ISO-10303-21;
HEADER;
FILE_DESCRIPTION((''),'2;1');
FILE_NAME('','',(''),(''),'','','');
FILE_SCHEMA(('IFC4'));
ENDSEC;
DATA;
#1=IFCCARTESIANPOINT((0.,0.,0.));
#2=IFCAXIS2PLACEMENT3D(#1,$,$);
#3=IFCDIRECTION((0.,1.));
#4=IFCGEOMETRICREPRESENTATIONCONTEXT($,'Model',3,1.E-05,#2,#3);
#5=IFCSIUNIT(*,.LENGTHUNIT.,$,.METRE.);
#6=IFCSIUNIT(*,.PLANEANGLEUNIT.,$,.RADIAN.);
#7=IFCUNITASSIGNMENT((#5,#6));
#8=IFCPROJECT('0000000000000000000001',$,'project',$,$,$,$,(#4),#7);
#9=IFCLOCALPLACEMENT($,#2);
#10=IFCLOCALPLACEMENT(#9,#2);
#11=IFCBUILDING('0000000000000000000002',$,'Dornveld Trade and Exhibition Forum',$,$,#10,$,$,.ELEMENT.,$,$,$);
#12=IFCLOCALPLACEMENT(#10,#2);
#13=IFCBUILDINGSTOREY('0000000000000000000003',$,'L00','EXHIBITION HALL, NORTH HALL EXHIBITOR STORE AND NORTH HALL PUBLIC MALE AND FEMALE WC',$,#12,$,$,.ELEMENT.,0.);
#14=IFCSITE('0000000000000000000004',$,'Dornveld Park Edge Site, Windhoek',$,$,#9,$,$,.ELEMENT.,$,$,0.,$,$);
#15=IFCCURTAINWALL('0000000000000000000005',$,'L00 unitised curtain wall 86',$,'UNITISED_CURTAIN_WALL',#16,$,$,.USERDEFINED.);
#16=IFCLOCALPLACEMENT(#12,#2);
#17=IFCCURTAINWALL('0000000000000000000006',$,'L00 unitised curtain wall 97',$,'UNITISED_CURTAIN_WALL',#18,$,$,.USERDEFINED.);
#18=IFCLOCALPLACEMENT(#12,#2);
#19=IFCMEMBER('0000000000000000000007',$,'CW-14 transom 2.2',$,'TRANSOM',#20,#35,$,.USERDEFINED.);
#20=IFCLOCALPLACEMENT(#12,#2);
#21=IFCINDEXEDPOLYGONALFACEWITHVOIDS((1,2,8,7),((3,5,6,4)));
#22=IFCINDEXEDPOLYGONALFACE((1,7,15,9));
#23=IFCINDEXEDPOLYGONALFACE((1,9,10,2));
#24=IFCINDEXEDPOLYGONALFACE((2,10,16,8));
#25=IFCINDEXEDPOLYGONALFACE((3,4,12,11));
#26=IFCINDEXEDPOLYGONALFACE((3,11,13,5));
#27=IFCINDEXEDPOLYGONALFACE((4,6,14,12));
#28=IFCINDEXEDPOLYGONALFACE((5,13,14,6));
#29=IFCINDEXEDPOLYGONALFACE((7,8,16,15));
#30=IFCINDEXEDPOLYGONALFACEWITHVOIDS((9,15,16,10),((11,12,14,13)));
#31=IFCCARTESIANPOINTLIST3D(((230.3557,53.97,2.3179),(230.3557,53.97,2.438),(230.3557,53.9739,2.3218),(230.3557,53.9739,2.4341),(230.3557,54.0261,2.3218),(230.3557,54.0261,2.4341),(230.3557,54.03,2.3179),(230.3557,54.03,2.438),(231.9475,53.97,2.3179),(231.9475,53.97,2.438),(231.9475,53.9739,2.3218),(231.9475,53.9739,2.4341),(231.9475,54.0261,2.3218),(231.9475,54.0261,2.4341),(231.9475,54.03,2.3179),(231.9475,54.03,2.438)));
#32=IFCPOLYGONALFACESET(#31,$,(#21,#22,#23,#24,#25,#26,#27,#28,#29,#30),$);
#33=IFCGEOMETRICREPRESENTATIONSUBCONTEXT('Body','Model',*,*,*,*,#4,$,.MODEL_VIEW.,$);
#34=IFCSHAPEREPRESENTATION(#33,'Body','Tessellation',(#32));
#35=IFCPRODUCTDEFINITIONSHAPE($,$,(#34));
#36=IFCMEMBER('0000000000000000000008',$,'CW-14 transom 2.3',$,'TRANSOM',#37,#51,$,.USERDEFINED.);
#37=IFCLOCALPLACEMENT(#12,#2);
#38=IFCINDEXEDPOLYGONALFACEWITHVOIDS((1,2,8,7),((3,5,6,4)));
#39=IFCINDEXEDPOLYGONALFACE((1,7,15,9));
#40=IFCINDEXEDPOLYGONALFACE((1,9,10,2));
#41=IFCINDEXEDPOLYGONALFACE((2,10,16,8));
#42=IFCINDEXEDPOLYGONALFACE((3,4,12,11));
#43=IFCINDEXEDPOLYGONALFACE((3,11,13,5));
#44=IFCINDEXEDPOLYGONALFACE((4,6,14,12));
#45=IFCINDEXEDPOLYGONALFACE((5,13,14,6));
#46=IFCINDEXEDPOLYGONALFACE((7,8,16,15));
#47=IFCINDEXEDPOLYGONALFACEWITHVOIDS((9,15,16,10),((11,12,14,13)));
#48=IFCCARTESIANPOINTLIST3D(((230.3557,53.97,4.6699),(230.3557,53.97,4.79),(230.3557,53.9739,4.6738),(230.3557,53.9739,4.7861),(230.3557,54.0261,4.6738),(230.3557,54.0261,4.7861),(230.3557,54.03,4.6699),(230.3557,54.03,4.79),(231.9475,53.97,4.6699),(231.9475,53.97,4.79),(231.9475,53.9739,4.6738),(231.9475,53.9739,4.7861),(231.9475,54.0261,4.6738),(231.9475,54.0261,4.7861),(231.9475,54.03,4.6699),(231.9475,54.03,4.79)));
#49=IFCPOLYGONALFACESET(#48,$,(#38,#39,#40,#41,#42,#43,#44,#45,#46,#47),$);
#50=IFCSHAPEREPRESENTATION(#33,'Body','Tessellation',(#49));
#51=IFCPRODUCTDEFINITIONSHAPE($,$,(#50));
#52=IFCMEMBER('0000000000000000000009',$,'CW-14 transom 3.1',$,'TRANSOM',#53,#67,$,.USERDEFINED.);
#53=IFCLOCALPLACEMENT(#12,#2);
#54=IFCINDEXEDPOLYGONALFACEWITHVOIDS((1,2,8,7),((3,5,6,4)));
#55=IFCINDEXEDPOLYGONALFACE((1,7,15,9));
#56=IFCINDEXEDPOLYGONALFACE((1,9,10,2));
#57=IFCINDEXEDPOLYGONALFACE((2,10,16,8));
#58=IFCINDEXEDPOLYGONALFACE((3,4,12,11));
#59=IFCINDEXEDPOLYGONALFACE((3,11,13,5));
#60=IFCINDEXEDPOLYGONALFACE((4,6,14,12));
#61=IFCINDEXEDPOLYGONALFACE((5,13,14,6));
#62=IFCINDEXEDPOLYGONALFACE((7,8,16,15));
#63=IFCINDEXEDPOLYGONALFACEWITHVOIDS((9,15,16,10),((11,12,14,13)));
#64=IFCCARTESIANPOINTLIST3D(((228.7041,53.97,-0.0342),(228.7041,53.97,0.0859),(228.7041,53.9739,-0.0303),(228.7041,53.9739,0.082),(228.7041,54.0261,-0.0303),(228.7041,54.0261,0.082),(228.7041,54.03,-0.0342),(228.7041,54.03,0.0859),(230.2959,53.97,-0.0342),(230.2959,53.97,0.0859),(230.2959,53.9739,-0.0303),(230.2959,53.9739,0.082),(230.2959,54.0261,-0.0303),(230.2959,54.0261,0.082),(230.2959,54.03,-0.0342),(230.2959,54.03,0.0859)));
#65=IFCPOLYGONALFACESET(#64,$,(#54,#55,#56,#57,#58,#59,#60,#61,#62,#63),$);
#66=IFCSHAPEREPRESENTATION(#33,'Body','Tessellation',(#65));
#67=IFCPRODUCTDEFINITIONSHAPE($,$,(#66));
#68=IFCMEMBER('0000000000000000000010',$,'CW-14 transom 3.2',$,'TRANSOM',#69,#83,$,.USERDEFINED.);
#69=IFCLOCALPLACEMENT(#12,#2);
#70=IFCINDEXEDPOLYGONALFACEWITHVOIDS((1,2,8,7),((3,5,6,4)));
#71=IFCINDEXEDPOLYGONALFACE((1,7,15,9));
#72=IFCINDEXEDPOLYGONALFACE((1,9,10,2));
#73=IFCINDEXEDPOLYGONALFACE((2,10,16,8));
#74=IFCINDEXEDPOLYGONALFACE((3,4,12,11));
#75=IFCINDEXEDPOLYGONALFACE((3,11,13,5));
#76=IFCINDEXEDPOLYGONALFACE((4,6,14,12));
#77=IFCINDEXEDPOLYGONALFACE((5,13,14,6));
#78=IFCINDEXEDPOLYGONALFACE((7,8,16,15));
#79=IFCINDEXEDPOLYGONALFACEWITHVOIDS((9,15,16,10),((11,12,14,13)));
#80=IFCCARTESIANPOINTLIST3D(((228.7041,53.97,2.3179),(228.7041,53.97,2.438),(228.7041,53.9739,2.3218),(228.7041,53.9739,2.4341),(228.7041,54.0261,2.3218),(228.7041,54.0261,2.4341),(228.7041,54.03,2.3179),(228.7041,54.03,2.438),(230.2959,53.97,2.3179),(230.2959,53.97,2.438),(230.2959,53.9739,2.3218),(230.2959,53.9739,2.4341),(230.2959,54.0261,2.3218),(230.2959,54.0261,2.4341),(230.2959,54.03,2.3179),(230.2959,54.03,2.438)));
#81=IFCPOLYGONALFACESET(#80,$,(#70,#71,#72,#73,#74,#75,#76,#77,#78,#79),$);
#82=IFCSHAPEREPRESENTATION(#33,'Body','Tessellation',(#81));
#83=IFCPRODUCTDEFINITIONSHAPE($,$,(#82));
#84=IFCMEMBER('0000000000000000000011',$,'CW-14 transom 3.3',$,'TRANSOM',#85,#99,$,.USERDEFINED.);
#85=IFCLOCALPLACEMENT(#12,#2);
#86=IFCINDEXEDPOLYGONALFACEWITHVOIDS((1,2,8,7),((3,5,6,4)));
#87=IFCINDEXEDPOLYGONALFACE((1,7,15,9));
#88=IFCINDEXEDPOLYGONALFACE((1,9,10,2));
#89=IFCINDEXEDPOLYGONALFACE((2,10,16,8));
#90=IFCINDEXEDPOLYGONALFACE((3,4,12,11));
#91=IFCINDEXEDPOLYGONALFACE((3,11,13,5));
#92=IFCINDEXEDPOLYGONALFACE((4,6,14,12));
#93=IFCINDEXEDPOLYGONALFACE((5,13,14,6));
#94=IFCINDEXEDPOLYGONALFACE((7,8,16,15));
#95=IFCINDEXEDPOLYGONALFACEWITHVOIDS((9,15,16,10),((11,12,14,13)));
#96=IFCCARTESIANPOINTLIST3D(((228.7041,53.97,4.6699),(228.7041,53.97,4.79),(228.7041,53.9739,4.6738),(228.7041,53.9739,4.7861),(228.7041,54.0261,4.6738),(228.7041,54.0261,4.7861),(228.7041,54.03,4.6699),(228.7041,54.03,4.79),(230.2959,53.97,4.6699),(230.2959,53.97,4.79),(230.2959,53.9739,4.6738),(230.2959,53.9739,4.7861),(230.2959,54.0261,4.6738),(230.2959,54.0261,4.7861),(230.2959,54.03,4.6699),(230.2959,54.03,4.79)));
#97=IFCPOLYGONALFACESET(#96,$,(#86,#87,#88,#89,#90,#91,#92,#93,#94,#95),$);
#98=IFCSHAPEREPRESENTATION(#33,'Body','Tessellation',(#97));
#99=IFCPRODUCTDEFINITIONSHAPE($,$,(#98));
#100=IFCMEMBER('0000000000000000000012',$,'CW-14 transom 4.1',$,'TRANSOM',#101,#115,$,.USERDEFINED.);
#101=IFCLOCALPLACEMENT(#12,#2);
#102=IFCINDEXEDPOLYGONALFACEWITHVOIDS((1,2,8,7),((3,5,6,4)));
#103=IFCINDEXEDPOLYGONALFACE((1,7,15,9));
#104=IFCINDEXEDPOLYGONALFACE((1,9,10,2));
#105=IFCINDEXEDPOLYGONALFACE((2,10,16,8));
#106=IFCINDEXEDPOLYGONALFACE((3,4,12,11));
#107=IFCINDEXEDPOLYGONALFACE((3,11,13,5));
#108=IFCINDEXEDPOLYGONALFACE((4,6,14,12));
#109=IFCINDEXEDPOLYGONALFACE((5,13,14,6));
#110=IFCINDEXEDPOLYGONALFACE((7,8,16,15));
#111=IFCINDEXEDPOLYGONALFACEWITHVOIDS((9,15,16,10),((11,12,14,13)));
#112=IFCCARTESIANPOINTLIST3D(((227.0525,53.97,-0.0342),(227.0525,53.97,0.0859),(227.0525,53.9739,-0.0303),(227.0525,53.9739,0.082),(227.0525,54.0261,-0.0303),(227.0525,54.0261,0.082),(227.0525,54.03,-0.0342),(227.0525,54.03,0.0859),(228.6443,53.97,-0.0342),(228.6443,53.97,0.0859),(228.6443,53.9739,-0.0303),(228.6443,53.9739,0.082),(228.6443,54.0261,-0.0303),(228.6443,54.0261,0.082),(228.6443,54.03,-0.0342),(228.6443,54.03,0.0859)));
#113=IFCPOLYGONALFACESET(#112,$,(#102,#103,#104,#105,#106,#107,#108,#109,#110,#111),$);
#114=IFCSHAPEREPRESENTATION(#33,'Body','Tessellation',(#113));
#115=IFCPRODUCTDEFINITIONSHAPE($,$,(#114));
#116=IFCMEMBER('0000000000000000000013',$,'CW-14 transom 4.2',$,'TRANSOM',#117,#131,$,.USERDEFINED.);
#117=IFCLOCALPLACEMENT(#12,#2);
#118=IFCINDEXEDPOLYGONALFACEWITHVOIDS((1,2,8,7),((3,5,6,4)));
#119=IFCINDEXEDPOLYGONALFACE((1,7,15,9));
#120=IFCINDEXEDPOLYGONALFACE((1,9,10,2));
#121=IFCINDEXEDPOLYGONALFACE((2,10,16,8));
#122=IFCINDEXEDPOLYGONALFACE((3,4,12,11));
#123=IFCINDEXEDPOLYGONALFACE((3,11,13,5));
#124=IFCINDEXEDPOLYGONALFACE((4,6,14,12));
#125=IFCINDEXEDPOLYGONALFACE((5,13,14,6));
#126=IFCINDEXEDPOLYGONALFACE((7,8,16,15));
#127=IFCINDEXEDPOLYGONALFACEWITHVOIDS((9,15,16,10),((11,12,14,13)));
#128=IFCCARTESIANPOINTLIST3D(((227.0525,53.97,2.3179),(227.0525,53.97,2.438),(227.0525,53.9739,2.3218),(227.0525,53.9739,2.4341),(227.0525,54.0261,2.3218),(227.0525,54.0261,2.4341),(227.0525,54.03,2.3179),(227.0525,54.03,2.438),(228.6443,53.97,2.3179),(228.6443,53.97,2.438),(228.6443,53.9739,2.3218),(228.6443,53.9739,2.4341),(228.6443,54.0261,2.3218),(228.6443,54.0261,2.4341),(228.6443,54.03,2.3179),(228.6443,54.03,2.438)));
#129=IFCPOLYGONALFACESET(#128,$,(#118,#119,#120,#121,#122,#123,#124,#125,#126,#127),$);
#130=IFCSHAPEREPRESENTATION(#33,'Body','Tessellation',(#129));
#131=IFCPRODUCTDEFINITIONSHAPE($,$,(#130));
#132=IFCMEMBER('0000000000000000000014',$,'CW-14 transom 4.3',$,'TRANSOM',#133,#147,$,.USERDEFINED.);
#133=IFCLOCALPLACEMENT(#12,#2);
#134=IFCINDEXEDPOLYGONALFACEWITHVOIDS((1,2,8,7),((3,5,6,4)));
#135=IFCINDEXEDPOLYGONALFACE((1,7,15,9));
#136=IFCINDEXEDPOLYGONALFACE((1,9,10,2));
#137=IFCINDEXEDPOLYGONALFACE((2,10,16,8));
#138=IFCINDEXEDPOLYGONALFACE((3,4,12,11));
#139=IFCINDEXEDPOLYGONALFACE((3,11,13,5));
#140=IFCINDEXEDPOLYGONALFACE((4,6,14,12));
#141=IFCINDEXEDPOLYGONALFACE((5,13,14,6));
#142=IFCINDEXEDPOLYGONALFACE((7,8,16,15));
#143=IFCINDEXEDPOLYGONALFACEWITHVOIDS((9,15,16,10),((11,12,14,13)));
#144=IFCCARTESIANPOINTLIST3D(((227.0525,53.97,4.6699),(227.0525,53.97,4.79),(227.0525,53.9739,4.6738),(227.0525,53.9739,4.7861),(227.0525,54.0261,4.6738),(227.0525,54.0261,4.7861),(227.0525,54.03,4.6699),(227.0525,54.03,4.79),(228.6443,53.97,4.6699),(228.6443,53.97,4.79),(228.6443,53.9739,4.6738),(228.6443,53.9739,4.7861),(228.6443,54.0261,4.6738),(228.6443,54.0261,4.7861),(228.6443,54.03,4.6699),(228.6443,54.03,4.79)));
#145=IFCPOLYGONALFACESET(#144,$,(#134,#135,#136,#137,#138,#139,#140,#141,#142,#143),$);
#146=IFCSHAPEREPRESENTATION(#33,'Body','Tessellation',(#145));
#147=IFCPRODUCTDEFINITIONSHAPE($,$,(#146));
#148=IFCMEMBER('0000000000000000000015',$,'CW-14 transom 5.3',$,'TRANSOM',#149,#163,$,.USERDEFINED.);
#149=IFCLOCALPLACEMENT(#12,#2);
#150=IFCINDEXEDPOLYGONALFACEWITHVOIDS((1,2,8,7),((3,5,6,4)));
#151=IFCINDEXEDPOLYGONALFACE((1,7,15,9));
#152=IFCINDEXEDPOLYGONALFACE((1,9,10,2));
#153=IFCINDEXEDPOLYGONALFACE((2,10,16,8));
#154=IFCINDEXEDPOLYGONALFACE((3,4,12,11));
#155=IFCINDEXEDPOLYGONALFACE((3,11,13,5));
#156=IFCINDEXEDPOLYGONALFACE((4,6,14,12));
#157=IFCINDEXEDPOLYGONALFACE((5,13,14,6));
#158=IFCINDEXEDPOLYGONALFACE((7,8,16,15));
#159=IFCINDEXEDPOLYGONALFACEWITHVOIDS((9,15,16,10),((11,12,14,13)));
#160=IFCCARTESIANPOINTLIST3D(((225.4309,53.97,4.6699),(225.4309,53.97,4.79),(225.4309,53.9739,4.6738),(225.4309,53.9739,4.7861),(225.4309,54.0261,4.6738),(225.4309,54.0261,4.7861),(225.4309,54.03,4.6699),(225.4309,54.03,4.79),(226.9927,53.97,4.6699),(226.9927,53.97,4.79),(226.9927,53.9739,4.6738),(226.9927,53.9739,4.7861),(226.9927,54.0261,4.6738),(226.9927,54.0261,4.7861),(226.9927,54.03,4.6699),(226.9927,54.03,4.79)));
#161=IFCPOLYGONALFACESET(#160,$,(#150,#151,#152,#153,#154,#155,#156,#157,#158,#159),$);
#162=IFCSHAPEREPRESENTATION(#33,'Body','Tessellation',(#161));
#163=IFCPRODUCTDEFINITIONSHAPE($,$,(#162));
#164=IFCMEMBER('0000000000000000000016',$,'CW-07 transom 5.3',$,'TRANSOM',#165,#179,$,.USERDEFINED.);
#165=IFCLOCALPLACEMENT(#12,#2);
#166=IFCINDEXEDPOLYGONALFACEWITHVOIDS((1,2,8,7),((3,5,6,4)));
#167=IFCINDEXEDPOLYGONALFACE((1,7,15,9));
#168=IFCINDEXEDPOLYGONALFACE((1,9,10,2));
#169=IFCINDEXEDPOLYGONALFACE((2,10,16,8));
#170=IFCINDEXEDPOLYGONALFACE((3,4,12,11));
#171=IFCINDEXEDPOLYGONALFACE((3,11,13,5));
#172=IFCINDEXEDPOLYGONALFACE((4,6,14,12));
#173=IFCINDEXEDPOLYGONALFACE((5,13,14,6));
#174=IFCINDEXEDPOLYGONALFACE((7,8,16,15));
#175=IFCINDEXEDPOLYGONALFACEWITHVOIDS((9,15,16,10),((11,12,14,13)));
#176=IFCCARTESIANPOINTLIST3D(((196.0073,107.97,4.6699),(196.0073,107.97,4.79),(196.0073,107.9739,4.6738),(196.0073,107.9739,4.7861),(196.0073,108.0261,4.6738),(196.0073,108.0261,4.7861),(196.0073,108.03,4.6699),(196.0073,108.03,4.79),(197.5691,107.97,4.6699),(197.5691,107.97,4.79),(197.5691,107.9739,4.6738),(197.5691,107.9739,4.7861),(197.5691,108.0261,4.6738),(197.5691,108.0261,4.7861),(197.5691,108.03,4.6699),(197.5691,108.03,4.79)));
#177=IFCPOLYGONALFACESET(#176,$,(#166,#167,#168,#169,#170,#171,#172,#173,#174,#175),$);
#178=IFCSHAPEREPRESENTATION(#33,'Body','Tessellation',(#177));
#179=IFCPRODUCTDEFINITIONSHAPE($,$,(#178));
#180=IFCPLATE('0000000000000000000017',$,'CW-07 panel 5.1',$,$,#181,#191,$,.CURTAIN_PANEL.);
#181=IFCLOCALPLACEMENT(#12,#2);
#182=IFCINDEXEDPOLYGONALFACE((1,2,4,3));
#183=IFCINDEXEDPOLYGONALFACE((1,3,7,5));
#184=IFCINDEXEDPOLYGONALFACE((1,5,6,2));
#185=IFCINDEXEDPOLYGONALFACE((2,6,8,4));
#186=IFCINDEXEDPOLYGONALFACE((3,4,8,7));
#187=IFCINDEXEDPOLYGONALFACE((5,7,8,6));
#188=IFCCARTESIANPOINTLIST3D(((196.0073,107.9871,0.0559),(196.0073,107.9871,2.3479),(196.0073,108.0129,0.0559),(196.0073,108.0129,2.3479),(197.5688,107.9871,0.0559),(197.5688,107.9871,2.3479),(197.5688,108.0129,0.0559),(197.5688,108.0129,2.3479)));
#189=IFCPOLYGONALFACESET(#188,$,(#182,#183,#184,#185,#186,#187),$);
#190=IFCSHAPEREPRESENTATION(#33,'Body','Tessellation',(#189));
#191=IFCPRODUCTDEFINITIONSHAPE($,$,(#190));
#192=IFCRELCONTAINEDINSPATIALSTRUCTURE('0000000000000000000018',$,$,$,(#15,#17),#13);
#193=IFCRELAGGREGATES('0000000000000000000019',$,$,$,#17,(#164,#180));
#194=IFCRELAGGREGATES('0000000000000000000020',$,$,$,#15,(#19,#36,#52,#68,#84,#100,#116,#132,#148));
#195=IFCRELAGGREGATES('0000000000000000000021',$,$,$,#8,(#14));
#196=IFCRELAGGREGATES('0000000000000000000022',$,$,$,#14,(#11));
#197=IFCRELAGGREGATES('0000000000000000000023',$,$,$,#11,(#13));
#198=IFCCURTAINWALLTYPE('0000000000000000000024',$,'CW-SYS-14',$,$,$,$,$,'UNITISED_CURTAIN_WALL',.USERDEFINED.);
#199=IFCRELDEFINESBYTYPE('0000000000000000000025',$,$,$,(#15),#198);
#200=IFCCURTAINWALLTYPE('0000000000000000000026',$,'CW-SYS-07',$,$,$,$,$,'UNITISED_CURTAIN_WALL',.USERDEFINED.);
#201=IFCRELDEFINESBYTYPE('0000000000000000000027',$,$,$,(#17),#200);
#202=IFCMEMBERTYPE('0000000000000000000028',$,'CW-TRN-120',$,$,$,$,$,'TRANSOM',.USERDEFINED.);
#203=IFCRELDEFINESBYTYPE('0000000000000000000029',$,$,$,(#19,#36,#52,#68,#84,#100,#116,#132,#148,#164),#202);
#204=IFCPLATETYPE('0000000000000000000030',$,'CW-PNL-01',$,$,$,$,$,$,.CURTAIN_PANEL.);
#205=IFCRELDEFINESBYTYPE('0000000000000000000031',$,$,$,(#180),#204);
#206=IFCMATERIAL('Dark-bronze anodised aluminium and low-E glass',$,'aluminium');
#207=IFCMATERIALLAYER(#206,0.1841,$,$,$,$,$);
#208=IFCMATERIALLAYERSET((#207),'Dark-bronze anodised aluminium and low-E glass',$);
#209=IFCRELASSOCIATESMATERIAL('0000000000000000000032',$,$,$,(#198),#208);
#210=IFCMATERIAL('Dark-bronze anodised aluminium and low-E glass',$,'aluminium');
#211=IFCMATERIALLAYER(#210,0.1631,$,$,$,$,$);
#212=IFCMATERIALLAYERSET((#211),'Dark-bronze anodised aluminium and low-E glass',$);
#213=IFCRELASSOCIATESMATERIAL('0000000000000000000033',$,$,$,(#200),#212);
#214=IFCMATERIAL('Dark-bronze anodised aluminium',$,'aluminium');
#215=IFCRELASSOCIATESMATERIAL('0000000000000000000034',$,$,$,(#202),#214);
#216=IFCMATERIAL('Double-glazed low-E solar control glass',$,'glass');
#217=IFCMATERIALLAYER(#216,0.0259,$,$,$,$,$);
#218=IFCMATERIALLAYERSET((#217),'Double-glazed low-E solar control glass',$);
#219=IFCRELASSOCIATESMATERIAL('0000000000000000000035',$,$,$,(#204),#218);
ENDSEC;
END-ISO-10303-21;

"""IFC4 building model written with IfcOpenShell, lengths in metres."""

from ifc_helpers import new_model, si_unit, direction, frame, origin, origin_2d, place, context, subcontext, project, spatial, rectangle, hollow_rectangle, extrude, material, layer, layer_set, material_profile, profile_set, type_object, element, aggregate, save


model = new_model("IFC4")

# Units and contexts
model_context = context("Model", 3, precision=1e-05, world=origin(), true_north=direction((0.0, 1.0)))
body_context = subcontext(model_context, "Body", "Model", "MODEL_VIEW")
ifc_project = project(units=[si_unit("LENGTHUNIT", "METRE"), si_unit("PLANEANGLEUNIT", "RADIAN")], contexts=[model_context])

# Site, building, storey
site_placement = place(None, origin())
site = spatial("IfcSite", under=ifc_project, at=site_placement, Name="Dornveld Park Edge Site, Windhoek", CompositionType="ELEMENT", RefElevation=0.0)
building_placement = place(site_placement, origin())
building = spatial("IfcBuilding", under=site, at=building_placement, Name="Dornveld Trade and Exhibition Forum", CompositionType="ELEMENT")
storey_placement = place(building_placement, origin())
storey = spatial("IfcBuildingStorey", under=building, at=storey_placement, Name="L00", Description="EXHIBITION HALL, NORTH HALL EXHIBITOR STORE AND NORTH HALL PUBLIC MALE AND FEMALE WC", CompositionType="ELEMENT", Elevation=0.0)

# Curtain wall
ifc_material_1 = material(Name="Dark-bronze anodised aluminium and low-E glass", Category="aluminium")
ifc_layer_1 = layer(ifc_material_1, 0.1841)
ifc_layer_set_1 = layer_set([ifc_layer_1], Name="Dark-bronze anodised aluminium and low-E glass")
curtain_wall_type_1 = type_object("IfcCurtainWallType", Name="CW-SYS-14", ElementType="UNITISED_CURTAIN_WALL", PredefinedType="USERDEFINED", material=ifc_layer_set_1)
curtain_wall_1_placement = place(storey_placement, origin())
curtain_wall_1 = element("IfcCurtainWall", 1, at=curtain_wall_1_placement, inside=storey, type_object=curtain_wall_type_1, Name="L00 unitised curtain wall 86", ObjectType="UNITISED_CURTAIN_WALL", PredefinedType="USERDEFINED")

# Curtain wall
ifc_material_2 = material(Name="Dark-bronze anodised aluminium and low-E glass", Category="aluminium")
ifc_layer_2 = layer(ifc_material_2, 0.1631)
ifc_layer_set_2 = layer_set([ifc_layer_2], Name="Dark-bronze anodised aluminium and low-E glass")
curtain_wall_type_2 = type_object("IfcCurtainWallType", Name="CW-SYS-07", ElementType="UNITISED_CURTAIN_WALL", PredefinedType="USERDEFINED", material=ifc_layer_set_2)
curtain_wall_2_placement = place(storey_placement, origin())
curtain_wall_2 = element("IfcCurtainWall", 2, at=curtain_wall_2_placement, inside=storey, type_object=curtain_wall_type_2, Name="L00 unitised curtain wall 97", ObjectType="UNITISED_CURTAIN_WALL", PredefinedType="USERDEFINED")

# Members
ifc_material_3 = material(Name="Dark-bronze anodised aluminium", Category="aluminium")
ifc_material_profile_1 = material_profile(ifc_material_3, hollow_rectangle(XDim=0.0601, YDim=0.1201, WallThickness=0.0039, at=origin_2d()), Name="RHS 120x60x4")
ifc_profile_set_1 = profile_set([ifc_material_profile_1], Name="Dark-bronze anodised aluminium")
member_type_1 = type_object("IfcMemberType", Name="CW-TRN-120", ElementType="TRANSOM", PredefinedType="USERDEFINED", material=ifc_profile_set_1)
member_1_placement = place(storey_placement, frame((231.9475, 54.0, 2.3779), z_axis=(-1.0, 0.0, 0.0), x_axis=(0.0, -1.0, 0.0)))
member_1 = element("IfcMember", 3, at=member_1_placement, type_object=member_type_1, Name="CW-14 transom 2.2", ObjectType="TRANSOM", PredefinedType="USERDEFINED", context=body_context, shape_type="SweptSolid", body=[
    extrude(hollow_rectangle(XDim=0.0601, YDim=0.1201, WallThickness=0.0039, at=origin_2d()), origin(), (0.0, 0.0, 1.0), 1.5918),
])
member_2_placement = place(storey_placement, frame((231.9475, 54.0, 4.73), z_axis=(-1.0, 0.0, 0.0), x_axis=(0.0, -1.0, 0.0)))
member_2 = element("IfcMember", 4, at=member_2_placement, type_object=member_type_1, Name="CW-14 transom 2.3", ObjectType="TRANSOM", PredefinedType="USERDEFINED", context=body_context, shape_type="SweptSolid", body=[
    extrude(hollow_rectangle(XDim=0.0601, YDim=0.1201, WallThickness=0.0039, at=origin_2d()), origin(), (0.0, 0.0, 1.0), 1.5918),
])
member_3_placement = place(storey_placement, frame((230.2959, 54.0, 0.0259), z_axis=(-1.0, 0.0, 0.0), x_axis=(0.0, -1.0, 0.0)))
member_3 = element("IfcMember", 5, at=member_3_placement, type_object=member_type_1, Name="CW-14 transom 3.1", ObjectType="TRANSOM", PredefinedType="USERDEFINED", context=body_context, shape_type="SweptSolid", body=[
    extrude(hollow_rectangle(XDim=0.0601, YDim=0.1201, WallThickness=0.0039, at=origin_2d()), origin(), (0.0, 0.0, 1.0), 1.5918),
])
member_4_placement = place(storey_placement, frame((230.2959, 54.0, 2.3779), z_axis=(-1.0, 0.0, 0.0), x_axis=(0.0, -1.0, 0.0)))
member_4 = element("IfcMember", 6, at=member_4_placement, type_object=member_type_1, Name="CW-14 transom 3.2", ObjectType="TRANSOM", PredefinedType="USERDEFINED", context=body_context, shape_type="SweptSolid", body=[
    extrude(hollow_rectangle(XDim=0.0601, YDim=0.1201, WallThickness=0.0039, at=origin_2d()), origin(), (0.0, 0.0, 1.0), 1.5918),
])
member_5_placement = place(storey_placement, frame((230.2959, 54.0, 4.73), z_axis=(-1.0, 0.0, 0.0), x_axis=(0.0, -1.0, 0.0)))
member_5 = element("IfcMember", 7, at=member_5_placement, type_object=member_type_1, Name="CW-14 transom 3.3", ObjectType="TRANSOM", PredefinedType="USERDEFINED", context=body_context, shape_type="SweptSolid", body=[
    extrude(hollow_rectangle(XDim=0.0601, YDim=0.1201, WallThickness=0.0039, at=origin_2d()), origin(), (0.0, 0.0, 1.0), 1.5918),
])
member_6_placement = place(storey_placement, frame((228.6443, 54.0, 0.0259), z_axis=(-1.0, 0.0, 0.0), x_axis=(0.0, -1.0, 0.0)))
member_6 = element("IfcMember", 8, at=member_6_placement, type_object=member_type_1, Name="CW-14 transom 4.1", ObjectType="TRANSOM", PredefinedType="USERDEFINED", context=body_context, shape_type="SweptSolid", body=[
    extrude(hollow_rectangle(XDim=0.0601, YDim=0.1201, WallThickness=0.0039, at=origin_2d()), origin(), (0.0, 0.0, 1.0), 1.5918),
])
member_7_placement = place(storey_placement, frame((228.6443, 54.0, 2.3779), z_axis=(-1.0, 0.0, 0.0), x_axis=(0.0, -1.0, 0.0)))
member_7 = element("IfcMember", 9, at=member_7_placement, type_object=member_type_1, Name="CW-14 transom 4.2", ObjectType="TRANSOM", PredefinedType="USERDEFINED", context=body_context, shape_type="SweptSolid", body=[
    extrude(hollow_rectangle(XDim=0.0601, YDim=0.1201, WallThickness=0.0039, at=origin_2d()), origin(), (0.0, 0.0, 1.0), 1.5918),
])
member_8_placement = place(storey_placement, frame((228.6443, 54.0, 4.73), z_axis=(-1.0, 0.0, 0.0), x_axis=(0.0, -1.0, 0.0)))
member_8 = element("IfcMember", 10, at=member_8_placement, type_object=member_type_1, Name="CW-14 transom 4.3", ObjectType="TRANSOM", PredefinedType="USERDEFINED", context=body_context, shape_type="SweptSolid", body=[
    extrude(hollow_rectangle(XDim=0.0601, YDim=0.1201, WallThickness=0.0039, at=origin_2d()), origin(), (0.0, 0.0, 1.0), 1.5918),
])
member_9_placement = place(storey_placement, frame((226.9927, 54.0, 4.73), z_axis=(-1.0, 0.0, 0.0), x_axis=(0.0, -1.0, 0.0)))
member_9 = element("IfcMember", 11, at=member_9_placement, type_object=member_type_1, Name="CW-14 transom 5.3", ObjectType="TRANSOM", PredefinedType="USERDEFINED", context=body_context, shape_type="SweptSolid", body=[
    extrude(hollow_rectangle(XDim=0.0601, YDim=0.1201, WallThickness=0.0039, at=origin_2d()), origin(), (0.0, 0.0, 1.0), 1.5618),
])
member_10_placement = place(storey_placement, frame((196.0073, 108.0, 4.73), z_axis=(1.0, 0.0, 0.0), x_axis=(0.0, 1.0, 0.0)))
member_10 = element("IfcMember", 12, at=member_10_placement, type_object=member_type_1, Name="CW-07 transom 5.3", ObjectType="TRANSOM", PredefinedType="USERDEFINED", context=body_context, shape_type="SweptSolid", body=[
    extrude(hollow_rectangle(XDim=0.0601, YDim=0.1201, WallThickness=0.0039, at=origin_2d()), origin(), (0.0, 0.0, 1.0), 1.5618),
])

# Plate
ifc_material_4 = material(Name="Double-glazed low-E solar control glass", Category="glass")
ifc_layer_3 = layer(ifc_material_4, 0.0259)
ifc_layer_set_3 = layer_set([ifc_layer_3], Name="Double-glazed low-E solar control glass")
plate_type_1 = type_object("IfcPlateType", Name="CW-PNL-01", PredefinedType="CURTAIN_PANEL", material=ifc_layer_set_3)
plate_1_placement = place(storey_placement, frame((196.7881, 108.0, 0.0559), z_axis=(0.0, 0.0, 1.0), x_axis=(1.0, 0.0, 0.0)))
plate_1 = element("IfcPlate", 13, at=plate_1_placement, type_object=plate_type_1, Name="CW-07 panel 5.1", PredefinedType="CURTAIN_PANEL", context=body_context, shape_type="SweptSolid", body=[
    extrude(rectangle(XDim=1.5615, YDim=0.0259, at=origin_2d()), origin(), (0.0, 0.0, 1.0), 2.292),
])
aggregate(curtain_wall_2, [member_10, plate_1])
aggregate(curtain_wall_1, [member_1, member_2, member_3, member_4, member_5, member_6, member_7, member_8, member_9])

save(model, "model.ifc")
